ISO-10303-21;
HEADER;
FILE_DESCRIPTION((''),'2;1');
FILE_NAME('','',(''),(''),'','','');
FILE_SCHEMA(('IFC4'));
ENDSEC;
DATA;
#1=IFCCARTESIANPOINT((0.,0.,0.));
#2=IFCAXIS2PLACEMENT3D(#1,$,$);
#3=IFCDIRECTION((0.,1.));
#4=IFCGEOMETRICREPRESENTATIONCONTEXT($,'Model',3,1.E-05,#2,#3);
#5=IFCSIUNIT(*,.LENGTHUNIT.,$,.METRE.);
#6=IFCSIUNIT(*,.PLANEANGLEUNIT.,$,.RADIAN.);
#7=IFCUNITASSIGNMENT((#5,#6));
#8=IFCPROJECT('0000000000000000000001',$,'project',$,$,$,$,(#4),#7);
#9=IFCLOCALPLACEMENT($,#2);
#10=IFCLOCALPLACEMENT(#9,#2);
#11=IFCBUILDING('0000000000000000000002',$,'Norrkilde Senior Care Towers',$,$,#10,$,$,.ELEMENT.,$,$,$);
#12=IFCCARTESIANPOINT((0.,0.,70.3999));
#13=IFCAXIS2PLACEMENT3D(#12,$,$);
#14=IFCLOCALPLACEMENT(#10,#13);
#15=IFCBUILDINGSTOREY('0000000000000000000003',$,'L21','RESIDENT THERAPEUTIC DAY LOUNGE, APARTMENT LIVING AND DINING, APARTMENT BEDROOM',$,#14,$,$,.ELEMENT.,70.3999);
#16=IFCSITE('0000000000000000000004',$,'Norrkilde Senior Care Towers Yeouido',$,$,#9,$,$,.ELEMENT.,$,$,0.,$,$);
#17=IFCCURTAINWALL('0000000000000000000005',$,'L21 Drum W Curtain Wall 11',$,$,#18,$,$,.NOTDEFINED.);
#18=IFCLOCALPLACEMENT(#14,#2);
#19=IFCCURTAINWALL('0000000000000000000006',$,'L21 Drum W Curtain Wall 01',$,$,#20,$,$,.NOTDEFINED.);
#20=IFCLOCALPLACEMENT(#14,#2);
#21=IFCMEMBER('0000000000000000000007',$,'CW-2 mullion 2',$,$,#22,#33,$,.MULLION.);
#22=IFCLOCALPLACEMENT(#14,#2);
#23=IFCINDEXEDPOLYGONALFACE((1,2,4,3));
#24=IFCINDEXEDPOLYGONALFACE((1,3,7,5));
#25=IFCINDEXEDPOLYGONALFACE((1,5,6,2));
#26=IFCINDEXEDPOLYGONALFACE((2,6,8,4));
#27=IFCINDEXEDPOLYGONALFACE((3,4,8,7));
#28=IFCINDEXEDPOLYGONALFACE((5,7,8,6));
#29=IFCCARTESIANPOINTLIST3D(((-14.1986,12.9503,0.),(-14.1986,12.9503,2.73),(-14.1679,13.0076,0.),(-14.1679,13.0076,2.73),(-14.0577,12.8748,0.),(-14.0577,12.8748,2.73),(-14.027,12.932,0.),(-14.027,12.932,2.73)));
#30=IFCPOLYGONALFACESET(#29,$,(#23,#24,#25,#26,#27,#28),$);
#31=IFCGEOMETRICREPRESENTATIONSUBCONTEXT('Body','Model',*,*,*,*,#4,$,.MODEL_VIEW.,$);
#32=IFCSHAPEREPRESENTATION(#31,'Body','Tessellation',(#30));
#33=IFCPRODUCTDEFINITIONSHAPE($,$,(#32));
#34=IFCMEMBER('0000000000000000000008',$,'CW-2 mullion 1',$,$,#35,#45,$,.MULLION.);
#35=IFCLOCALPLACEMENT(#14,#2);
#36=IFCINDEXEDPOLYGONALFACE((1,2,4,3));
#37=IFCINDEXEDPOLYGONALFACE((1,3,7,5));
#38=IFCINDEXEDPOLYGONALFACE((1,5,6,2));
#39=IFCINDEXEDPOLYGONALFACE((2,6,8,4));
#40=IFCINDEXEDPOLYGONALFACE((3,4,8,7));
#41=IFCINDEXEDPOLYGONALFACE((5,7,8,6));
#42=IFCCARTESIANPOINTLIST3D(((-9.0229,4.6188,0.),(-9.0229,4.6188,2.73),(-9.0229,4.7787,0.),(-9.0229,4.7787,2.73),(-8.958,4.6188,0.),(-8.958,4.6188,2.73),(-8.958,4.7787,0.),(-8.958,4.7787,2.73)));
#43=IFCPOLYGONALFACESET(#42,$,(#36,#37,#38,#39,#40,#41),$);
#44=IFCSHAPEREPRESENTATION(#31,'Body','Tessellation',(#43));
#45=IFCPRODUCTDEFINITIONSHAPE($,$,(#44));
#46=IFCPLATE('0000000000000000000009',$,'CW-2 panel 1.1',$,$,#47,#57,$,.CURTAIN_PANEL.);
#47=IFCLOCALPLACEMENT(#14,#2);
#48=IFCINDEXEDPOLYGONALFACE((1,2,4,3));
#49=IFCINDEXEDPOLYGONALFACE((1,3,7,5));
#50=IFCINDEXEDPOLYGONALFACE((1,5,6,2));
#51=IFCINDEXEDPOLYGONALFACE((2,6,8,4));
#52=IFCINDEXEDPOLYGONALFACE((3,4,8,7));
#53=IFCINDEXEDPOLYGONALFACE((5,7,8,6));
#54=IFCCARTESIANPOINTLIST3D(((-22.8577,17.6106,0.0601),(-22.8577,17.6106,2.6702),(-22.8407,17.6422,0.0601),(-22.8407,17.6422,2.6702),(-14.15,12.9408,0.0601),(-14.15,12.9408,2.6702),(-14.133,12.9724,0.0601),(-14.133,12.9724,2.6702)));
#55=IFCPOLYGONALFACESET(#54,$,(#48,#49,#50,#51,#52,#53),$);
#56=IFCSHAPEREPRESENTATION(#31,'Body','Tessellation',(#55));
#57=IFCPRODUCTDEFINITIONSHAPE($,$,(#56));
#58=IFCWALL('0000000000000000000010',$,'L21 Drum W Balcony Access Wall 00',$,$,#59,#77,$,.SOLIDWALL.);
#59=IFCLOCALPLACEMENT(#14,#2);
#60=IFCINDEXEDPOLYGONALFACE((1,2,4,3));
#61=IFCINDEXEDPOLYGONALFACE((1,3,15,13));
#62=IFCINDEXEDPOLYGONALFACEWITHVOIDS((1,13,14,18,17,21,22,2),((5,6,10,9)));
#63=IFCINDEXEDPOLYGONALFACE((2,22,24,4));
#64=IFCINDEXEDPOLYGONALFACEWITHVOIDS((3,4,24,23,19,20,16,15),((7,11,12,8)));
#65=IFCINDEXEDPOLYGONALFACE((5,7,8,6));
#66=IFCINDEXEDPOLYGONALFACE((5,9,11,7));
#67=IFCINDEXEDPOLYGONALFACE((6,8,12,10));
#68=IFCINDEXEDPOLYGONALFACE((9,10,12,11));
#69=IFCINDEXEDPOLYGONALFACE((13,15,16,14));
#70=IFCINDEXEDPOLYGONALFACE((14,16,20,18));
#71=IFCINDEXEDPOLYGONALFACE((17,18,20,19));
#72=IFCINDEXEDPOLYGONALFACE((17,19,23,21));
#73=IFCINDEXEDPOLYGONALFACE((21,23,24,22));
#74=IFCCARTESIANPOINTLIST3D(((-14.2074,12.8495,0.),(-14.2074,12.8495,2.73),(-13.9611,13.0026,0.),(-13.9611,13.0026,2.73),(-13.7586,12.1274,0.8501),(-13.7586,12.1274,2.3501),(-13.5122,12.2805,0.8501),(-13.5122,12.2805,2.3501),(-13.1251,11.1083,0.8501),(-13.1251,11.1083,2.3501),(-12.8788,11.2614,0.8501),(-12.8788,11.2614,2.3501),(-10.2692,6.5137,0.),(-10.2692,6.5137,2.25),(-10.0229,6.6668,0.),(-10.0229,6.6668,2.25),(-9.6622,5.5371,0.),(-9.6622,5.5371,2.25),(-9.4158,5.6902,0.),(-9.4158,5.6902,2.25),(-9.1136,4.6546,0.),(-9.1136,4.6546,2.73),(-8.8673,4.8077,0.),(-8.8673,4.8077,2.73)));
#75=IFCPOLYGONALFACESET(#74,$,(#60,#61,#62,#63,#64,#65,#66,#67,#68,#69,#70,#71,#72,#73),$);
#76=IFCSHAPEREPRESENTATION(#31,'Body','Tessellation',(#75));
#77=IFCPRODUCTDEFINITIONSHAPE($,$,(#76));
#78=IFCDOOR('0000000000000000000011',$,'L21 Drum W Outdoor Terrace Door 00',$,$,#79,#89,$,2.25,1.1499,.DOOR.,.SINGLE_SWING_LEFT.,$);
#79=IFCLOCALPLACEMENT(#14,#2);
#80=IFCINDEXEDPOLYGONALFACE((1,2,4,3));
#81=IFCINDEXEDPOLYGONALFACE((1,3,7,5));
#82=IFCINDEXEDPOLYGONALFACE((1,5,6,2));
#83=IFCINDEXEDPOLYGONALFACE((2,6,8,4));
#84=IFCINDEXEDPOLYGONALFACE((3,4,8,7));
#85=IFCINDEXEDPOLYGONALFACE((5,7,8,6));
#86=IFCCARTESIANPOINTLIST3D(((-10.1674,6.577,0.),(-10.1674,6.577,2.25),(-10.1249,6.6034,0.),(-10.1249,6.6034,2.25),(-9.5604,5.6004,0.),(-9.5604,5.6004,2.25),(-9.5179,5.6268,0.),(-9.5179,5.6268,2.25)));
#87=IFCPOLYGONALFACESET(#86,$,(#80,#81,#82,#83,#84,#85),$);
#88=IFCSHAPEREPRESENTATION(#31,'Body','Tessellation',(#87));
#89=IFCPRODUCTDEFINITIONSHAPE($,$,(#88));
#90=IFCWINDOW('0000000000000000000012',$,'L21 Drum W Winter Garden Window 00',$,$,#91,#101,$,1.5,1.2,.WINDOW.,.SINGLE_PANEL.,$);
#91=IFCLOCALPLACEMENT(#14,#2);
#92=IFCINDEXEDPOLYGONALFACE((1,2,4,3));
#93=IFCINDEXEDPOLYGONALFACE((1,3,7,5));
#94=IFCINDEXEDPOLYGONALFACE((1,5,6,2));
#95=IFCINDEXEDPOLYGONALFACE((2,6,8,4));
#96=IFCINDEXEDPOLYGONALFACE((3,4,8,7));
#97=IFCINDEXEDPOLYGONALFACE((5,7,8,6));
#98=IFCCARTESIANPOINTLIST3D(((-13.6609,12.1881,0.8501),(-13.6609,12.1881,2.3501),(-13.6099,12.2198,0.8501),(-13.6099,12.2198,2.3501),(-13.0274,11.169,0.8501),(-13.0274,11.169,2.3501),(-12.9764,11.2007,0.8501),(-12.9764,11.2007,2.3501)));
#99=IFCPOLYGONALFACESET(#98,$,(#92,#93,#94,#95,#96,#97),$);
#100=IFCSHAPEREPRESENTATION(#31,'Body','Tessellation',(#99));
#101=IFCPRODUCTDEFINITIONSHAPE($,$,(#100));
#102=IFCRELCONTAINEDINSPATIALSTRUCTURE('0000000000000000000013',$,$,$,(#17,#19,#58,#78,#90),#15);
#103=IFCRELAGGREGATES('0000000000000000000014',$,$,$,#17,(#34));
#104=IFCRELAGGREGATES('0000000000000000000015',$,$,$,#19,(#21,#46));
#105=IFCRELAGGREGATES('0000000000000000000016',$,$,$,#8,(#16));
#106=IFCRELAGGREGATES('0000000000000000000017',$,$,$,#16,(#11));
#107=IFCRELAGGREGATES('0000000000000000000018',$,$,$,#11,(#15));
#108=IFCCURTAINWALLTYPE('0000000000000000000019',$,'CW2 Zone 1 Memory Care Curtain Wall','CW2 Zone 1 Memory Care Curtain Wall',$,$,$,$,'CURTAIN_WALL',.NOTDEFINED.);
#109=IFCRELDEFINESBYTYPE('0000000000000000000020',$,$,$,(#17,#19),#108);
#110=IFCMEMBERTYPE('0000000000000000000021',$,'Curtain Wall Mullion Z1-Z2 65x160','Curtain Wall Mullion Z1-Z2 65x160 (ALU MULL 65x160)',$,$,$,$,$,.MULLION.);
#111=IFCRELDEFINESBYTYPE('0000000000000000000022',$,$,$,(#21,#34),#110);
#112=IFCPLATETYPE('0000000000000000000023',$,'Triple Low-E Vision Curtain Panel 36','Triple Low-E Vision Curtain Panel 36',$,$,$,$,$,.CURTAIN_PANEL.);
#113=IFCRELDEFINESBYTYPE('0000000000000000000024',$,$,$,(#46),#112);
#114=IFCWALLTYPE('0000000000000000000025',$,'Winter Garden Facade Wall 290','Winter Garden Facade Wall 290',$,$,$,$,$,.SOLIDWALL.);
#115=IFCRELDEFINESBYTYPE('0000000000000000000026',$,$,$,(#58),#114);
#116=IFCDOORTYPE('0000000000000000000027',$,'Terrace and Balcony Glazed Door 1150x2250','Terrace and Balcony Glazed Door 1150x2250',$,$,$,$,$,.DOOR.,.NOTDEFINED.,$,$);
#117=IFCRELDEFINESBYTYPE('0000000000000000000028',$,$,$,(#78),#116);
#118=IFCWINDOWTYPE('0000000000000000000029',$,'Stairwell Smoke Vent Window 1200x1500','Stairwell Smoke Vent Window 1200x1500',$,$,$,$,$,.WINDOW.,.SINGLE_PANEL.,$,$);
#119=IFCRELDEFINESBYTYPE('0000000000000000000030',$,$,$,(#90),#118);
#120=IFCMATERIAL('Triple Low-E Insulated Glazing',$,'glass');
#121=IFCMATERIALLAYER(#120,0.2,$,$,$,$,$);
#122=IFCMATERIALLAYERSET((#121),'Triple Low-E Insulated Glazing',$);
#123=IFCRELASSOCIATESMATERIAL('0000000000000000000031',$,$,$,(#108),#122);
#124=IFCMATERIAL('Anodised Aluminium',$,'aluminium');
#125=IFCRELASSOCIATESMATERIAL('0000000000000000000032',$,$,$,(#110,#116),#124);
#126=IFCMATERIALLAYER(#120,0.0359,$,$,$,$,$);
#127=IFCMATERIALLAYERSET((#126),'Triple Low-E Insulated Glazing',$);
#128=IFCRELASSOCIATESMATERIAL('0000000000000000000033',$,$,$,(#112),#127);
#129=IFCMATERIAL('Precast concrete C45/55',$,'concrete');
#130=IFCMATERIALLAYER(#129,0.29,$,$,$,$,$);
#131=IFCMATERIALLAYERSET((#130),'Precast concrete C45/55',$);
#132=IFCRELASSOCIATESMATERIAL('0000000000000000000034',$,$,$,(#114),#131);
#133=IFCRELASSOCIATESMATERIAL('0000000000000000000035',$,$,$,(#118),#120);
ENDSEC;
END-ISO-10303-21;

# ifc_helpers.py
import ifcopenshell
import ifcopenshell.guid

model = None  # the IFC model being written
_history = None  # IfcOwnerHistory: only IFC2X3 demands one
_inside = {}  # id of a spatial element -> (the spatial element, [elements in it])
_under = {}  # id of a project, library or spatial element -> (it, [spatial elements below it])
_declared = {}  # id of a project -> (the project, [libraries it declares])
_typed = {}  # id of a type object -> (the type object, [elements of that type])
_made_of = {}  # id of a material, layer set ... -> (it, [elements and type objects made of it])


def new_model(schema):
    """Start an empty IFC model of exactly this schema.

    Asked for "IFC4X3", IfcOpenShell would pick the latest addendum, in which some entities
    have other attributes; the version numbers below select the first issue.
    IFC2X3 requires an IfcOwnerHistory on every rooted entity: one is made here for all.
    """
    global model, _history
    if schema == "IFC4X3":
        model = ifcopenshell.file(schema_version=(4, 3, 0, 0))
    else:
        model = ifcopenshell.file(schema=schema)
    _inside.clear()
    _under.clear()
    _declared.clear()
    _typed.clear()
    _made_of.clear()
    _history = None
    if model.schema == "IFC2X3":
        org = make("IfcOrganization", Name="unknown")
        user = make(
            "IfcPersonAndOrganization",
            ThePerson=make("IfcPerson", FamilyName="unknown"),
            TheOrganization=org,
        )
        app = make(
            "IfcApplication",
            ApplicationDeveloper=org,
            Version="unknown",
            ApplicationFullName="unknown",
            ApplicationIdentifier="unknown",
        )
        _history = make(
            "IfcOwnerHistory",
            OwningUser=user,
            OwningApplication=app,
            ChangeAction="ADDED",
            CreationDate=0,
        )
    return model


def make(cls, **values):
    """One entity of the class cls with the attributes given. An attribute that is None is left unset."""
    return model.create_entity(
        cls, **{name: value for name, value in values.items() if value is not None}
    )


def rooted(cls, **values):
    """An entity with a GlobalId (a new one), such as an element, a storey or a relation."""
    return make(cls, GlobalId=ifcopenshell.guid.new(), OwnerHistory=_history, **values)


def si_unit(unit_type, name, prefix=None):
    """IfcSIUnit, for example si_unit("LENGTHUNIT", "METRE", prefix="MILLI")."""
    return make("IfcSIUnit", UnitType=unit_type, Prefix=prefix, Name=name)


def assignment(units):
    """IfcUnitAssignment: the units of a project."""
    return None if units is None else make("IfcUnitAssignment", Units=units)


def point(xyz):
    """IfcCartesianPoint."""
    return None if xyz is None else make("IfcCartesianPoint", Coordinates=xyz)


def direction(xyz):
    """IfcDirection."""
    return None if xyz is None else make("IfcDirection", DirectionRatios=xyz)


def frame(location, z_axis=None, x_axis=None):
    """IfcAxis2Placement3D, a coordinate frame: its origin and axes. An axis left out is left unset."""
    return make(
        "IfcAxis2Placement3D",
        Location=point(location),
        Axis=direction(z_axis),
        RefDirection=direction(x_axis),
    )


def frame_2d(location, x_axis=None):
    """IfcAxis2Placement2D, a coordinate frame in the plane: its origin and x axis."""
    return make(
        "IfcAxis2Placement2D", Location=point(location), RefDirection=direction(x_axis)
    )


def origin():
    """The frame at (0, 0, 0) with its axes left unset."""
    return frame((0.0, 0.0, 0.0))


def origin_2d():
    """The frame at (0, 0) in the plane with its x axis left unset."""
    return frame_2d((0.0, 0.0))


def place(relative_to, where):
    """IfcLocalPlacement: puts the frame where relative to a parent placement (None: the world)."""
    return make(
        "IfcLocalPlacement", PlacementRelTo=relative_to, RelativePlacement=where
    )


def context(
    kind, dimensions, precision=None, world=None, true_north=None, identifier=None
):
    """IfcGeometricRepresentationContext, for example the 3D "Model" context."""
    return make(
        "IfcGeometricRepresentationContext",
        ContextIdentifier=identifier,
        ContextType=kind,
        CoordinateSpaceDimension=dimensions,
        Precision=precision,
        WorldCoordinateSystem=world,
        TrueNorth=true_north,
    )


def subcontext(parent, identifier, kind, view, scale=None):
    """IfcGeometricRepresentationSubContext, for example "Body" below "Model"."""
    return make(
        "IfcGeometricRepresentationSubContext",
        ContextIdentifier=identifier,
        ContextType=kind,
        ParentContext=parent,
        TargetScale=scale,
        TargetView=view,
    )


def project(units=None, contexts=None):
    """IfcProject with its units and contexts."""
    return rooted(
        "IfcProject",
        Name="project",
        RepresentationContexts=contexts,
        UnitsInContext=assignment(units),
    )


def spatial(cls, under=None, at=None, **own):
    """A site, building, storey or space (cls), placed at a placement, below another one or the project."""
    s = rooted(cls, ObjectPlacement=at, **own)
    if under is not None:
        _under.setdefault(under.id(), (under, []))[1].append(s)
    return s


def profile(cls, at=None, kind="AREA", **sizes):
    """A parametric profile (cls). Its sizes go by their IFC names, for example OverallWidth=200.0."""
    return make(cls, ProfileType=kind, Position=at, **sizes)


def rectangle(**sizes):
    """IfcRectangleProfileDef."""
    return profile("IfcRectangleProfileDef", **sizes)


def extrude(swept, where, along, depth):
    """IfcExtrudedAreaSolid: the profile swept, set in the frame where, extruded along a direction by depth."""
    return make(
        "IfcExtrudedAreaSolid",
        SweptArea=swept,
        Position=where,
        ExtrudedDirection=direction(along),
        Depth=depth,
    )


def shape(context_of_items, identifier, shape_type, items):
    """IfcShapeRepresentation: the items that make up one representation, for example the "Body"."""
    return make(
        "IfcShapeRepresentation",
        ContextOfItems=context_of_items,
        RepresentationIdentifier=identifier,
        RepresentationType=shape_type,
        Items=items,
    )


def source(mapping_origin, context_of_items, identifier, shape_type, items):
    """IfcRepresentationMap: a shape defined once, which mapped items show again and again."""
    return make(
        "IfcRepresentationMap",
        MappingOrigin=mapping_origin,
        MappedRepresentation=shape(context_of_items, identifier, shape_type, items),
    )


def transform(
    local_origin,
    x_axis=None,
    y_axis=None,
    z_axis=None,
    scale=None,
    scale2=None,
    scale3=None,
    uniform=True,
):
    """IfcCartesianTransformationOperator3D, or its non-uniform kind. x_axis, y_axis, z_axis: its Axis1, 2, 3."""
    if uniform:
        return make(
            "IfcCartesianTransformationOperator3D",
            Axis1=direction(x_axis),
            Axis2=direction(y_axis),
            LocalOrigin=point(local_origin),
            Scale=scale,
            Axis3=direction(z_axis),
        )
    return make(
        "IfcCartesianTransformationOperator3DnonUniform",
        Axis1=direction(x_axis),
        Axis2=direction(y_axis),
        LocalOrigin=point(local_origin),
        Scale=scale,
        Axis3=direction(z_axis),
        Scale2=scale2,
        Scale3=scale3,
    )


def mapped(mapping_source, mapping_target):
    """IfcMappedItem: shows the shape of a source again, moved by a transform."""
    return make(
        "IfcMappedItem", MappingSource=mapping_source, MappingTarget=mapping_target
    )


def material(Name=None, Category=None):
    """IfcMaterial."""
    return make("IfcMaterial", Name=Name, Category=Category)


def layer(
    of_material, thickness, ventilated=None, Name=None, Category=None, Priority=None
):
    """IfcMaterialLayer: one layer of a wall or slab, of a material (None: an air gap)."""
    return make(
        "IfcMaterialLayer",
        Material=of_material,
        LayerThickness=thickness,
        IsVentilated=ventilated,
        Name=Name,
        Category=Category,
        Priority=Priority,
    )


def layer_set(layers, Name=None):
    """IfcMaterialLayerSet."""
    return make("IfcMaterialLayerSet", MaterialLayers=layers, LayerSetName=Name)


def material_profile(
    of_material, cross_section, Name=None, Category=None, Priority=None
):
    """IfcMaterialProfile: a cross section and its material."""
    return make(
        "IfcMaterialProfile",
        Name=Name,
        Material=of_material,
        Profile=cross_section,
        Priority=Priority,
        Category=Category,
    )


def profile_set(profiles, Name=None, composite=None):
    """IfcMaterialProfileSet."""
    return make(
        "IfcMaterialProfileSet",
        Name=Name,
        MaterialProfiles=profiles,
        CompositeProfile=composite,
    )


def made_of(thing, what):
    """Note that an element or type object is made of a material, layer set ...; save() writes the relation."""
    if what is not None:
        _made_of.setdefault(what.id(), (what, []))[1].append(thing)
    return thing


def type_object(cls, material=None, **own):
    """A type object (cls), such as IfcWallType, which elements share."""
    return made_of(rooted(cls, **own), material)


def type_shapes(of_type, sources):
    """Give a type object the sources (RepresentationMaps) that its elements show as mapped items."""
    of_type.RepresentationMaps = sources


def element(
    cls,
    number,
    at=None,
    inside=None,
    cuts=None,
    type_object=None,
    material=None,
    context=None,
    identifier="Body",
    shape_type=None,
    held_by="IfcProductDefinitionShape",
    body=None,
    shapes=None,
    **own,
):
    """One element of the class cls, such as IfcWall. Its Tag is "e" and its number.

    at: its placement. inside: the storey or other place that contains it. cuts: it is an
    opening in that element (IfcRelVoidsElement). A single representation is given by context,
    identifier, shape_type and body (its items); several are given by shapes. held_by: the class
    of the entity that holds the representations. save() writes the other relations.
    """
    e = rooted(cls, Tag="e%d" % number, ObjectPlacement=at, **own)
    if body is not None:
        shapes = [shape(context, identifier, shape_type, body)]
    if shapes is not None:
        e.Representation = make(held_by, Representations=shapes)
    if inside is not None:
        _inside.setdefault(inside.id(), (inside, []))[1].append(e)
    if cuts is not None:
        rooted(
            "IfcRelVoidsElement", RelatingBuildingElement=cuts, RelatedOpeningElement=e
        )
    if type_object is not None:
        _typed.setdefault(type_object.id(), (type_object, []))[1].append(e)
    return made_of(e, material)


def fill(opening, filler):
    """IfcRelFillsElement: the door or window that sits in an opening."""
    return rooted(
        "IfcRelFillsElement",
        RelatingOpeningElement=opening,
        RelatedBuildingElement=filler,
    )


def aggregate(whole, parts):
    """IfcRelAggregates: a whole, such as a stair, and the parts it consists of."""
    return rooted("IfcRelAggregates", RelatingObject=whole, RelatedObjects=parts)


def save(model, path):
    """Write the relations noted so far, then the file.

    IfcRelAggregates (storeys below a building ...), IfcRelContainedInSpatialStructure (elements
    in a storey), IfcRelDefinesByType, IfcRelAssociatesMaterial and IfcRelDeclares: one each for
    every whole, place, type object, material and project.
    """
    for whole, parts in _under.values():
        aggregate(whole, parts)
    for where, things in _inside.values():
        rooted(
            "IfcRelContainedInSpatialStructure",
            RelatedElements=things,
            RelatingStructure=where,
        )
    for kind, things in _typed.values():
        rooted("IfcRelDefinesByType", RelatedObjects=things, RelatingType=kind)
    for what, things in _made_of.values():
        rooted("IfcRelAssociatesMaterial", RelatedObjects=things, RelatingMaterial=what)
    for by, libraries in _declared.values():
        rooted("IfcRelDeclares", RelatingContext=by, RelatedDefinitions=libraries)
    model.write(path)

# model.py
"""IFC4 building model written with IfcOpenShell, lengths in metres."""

from ifc_helpers import new_model, si_unit, direction, frame, frame_2d, origin, origin_2d, place, context, subcontext, project, spatial, rectangle, extrude, source, transform, mapped, material, layer, layer_set, material_profile, profile_set, type_object, type_shapes, element, fill, aggregate, save


model = new_model("IFC4")

# Units and contexts
model_context = context("Model", 3, precision=1e-05, world=origin(), true_north=direction((0.0, 1.0)))
body_context = subcontext(model_context, "Body", "Model", "MODEL_VIEW")
ifc_project = project(units=[si_unit("LENGTHUNIT", "METRE"), si_unit("PLANEANGLEUNIT", "RADIAN")], contexts=[model_context])

# Site, building, storey
site_placement = place(None, origin())
site = spatial("IfcSite", under=ifc_project, at=site_placement, Name="Norrkilde Senior Care Towers Yeouido", CompositionType="ELEMENT", RefElevation=0.0)
building_placement = place(site_placement, origin())
building = spatial("IfcBuilding", under=site, at=building_placement, Name="Norrkilde Senior Care Towers", CompositionType="ELEMENT")
storey_placement = place(building_placement, frame((0.0, 0.0, 70.3999)))
storey = spatial("IfcBuildingStorey", under=building, at=storey_placement, Name="L21", Description="RESIDENT THERAPEUTIC DAY LOUNGE, APARTMENT LIVING AND DINING, APARTMENT BEDROOM", CompositionType="ELEMENT", Elevation=70.3999)

# Curtain wall
ifc_material_1 = material(Name="Triple Low-E Insulated Glazing", Category="glass")
ifc_layer_1 = layer(ifc_material_1, 0.2)
ifc_layer_set_1 = layer_set([ifc_layer_1], Name="Triple Low-E Insulated Glazing")
curtain_wall_type = type_object("IfcCurtainWallType", Name="CW2 Zone 1 Memory Care Curtain Wall", Description="CW2 Zone 1 Memory Care Curtain Wall", ElementType="CURTAIN_WALL", PredefinedType="NOTDEFINED", material=ifc_layer_set_1)
curtain_wall_1_placement = place(storey_placement, origin())
curtain_wall_1 = element("IfcCurtainWall", 1, at=curtain_wall_1_placement, inside=storey, type_object=curtain_wall_type, Name="L21 Drum W Curtain Wall 11", PredefinedType="NOTDEFINED")
ifc_material_2 = material(Name="Anodised Aluminium", Category="aluminium")

# Curtain wall, member
curtain_wall_2_placement = place(storey_placement, origin())
curtain_wall_2 = element("IfcCurtainWall", 2, at=curtain_wall_2_placement, inside=storey, type_object=curtain_wall_type, Name="L21 Drum W Curtain Wall 01", PredefinedType="NOTDEFINED")
ifc_material_profile_1 = material_profile(ifc_material_2, rectangle(XDim=0.0649, YDim=0.1599, at=origin_2d()), Name="ALU MULL 65x160")
ifc_profile_set_1 = profile_set([ifc_material_profile_1], Name="Anodised Aluminium")
member_type_1 = type_object("IfcMemberType", Name="Curtain Wall Mullion Z1-Z2 65x160", Description="Curtain Wall Mullion Z1-Z2 65x160 (ALU MULL 65x160)", PredefinedType="MULLION", material=ifc_profile_set_1)
shared_shape_1 = source(origin(), body_context, "Body", "SweptSolid", [
    extrude(rectangle(XDim=0.0649, YDim=0.1599, at=origin_2d()), origin(), (0.0, 0.0, 1.0), 2.73),
])
type_shapes(member_type_1, [shared_shape_1])
member_1_placement = place(storey_placement, frame((-14.1128, 12.9412, 0.0), z_axis=(0.0, 0.0, 1.0), x_axis=(0.472608, 0.881273, 0.0)))
member_1 = element("IfcMember", 3, at=member_1_placement, type_object=member_type_1, Name="CW-2 mullion 2", PredefinedType="MULLION", context=body_context, shape_type="MappedRepresentation", body=[
    mapped(shared_shape_1, transform((0.0, 0.0, 0.0), x_axis=(1.0, 0.0, 0.0), y_axis=(0.0, 1.0, 0.0), z_axis=(0.0, 0.0, 1.0), scale=1.0)),
])

# Member
member_2_placement = place(storey_placement, frame((-8.9905, 4.6987, 0.0), z_axis=(0.0, 0.0, 1.0), x_axis=(1.0, 0.0, 0.0)))
member_2 = element("IfcMember", 4, at=member_2_placement, type_object=member_type_1, Name="CW-2 mullion 1", PredefinedType="MULLION", context=body_context, shape_type="MappedRepresentation", body=[
    mapped(shared_shape_1, transform((0.0, 0.0, 0.0), x_axis=(1.0, 0.0, 0.0), y_axis=(0.0, 1.0, 0.0), z_axis=(0.0, 0.0, 1.0), scale=1.0)),
])
aggregate(curtain_wall_1, [member_2])

# Plate
ifc_layer_2 = layer(ifc_material_1, 0.0359)
ifc_layer_set_2 = layer_set([ifc_layer_2], Name="Triple Low-E Insulated Glazing")
plate_type = type_object("IfcPlateType", Name="Triple Low-E Vision Curtain Panel 36", Description="Triple Low-E Vision Curtain Panel 36", PredefinedType="CURTAIN_PANEL", material=ifc_layer_set_2)
shared_shape_2 = source(origin(), body_context, "Body", "SweptSolid", [
    extrude(rectangle(XDim=9.8809, YDim=0.0359, at=origin_2d()), origin(), (0.0, 0.0, 1.0), 2.6101),
])
type_shapes(plate_type, [shared_shape_2])
plate_placement = place(storey_placement, frame((-18.4954, 15.2915, 0.0601), z_axis=(0.0, 0.0, 1.0), x_axis=(0.881273, -0.472608, 0.0)))
plate = element("IfcPlate", 5, at=plate_placement, type_object=plate_type, Name="CW-2 panel 1.1", PredefinedType="CURTAIN_PANEL", context=body_context, shape_type="MappedRepresentation", body=[
    mapped(shared_shape_2, transform((0.0, 0.0, 0.0), x_axis=(1.0, 0.0, 0.0), y_axis=(0.0, 1.0, 0.0), z_axis=(0.0, 0.0, 1.0), scale=1.0)),
])
aggregate(curtain_wall_2, [member_1, plate])

# Wall, openings, door, window
ifc_material_3 = material(Name="Precast concrete C45/55", Category="concrete")
ifc_layer_3 = layer(ifc_material_3, 0.29)
ifc_layer_set_3 = layer_set([ifc_layer_3], Name="Precast concrete C45/55")
wall_type_1 = type_object("IfcWallType", Name="Winter Garden Facade Wall 290", Description="Winter Garden Facade Wall 290", PredefinedType="SOLIDWALL", material=ifc_layer_set_3)
shared_shape_3 = source(origin(), body_context, "Body", "SweptSolid", [
    extrude(rectangle(XDim=9.6489, YDim=0.29, at=frame_2d((4.8245, 0.0))), origin(), (0.0, 0.0, 1.0), 2.73),
])
type_shapes(wall_type_1, [shared_shape_3])
wall_1_placement = place(storey_placement, frame((-14.0842, 12.926, 0.0), z_axis=(0.0, 0.0, 1.0), x_axis=(0.527909, -0.849301, 0.0)))
wall_1 = element("IfcWall", 6, at=wall_1_placement, inside=storey, type_object=wall_type_1, Name="L21 Drum W Balcony Access Wall 00", PredefinedType="SOLIDWALL", context=body_context, shape_type="MappedRepresentation", body=[
    mapped(shared_shape_3, transform((0.0, 0.0, 0.0), x_axis=(1.0, 0.0, 0.0), y_axis=(0.0, 1.0, 0.0), z_axis=(0.0, 0.0, 1.0), scale=1.0)),
])
opening_1_placement = place(wall_1_placement, frame((7.46, 0.0, 0.0)))
opening_1 = element("IfcOpeningElement", 7, at=opening_1_placement, cuts=wall_1, PredefinedType="OPENING", context=body_context, shape_type="SweptSolid", body=[
    extrude(rectangle(XDim=1.1499, YDim=2.25, at=frame_2d((0.575, 1.125))), frame((0.0, 0.155, 0.0), z_axis=(0.0, -1.0, 0.0), x_axis=(1.0, 0.0, 0.0)), (0.0, 0.0, 1.0), 0.3101),
])
opening_2_placement = place(wall_1_placement, frame((0.8501, 0.0, 0.8501)))
opening_2 = element("IfcOpeningElement", 8, at=opening_2_placement, cuts=wall_1, PredefinedType="OPENING", context=body_context, shape_type="SweptSolid", body=[
    extrude(rectangle(XDim=1.2, YDim=1.5, at=frame_2d((0.6001, 0.75))), frame((0.0, 0.155, 0.0), z_axis=(0.0, -1.0, 0.0), x_axis=(1.0, 0.0, 0.0)), (0.0, 0.0, 1.0), 0.3101),
])
door_type_1 = type_object("IfcDoorType", Name="Terrace and Balcony Glazed Door 1150x2250", Description="Terrace and Balcony Glazed Door 1150x2250", OperationType="NOTDEFINED", PredefinedType="DOOR", material=ifc_material_2)
shared_shape_4 = source(origin(), body_context, "Body", "SweptSolid", [
    extrude(rectangle(XDim=1.1499, YDim=2.25, at=frame_2d((0.575, 1.125))), frame((0.0, 0.0249, 0.0), z_axis=(0.0, -1.0, 0.0), x_axis=(1.0, 0.0, 0.0)), (0.0, 0.0, 1.0), 0.05),
])
type_shapes(door_type_1, [shared_shape_4])
door_1_placement = place(opening_1_placement, origin())
door_1 = element("IfcDoor", 9, at=door_1_placement, inside=storey, type_object=door_type_1, Name="L21 Drum W Outdoor Terrace Door 00", OperationType="SINGLE_SWING_LEFT", OverallHeight=2.25, OverallWidth=1.1499, PredefinedType="DOOR", context=body_context, shape_type="MappedRepresentation", body=[
    mapped(shared_shape_4, transform((0.0, 0.0, 0.0), x_axis=(1.0, 0.0, 0.0), y_axis=(0.0, 1.0, 0.0), z_axis=(0.0, 0.0, 1.0), scale=1.0)),
])
fill(opening_1, door_1)
window_type = type_object("IfcWindowType", Name="Stairwell Smoke Vent Window 1200x1500", Description="Stairwell Smoke Vent Window 1200x1500", PartitioningType="SINGLE_PANEL", PredefinedType="WINDOW", material=ifc_material_1)
shared_shape_5 = source(origin(), body_context, "Body", "SweptSolid", [
    extrude(rectangle(XDim=1.2, YDim=1.5, at=frame_2d((0.6001, 0.75))), frame((0.0, 0.03, 0.0), z_axis=(0.0, -1.0, 0.0), x_axis=(1.0, 0.0, 0.0)), (0.0, 0.0, 1.0), 0.0601),
])
type_shapes(window_type, [shared_shape_5])
window_placement = place(opening_2_placement, origin())
window = element("IfcWindow", 10, at=window_placement, inside=storey, type_object=window_type, Name="L21 Drum W Winter Garden Window 00", OverallHeight=1.5, OverallWidth=1.2, PartitioningType="SINGLE_PANEL", PredefinedType="WINDOW", context=body_context, shape_type="MappedRepresentation", body=[
    mapped(shared_shape_5, transform((0.0, 0.0, 0.0), x_axis=(1.0, 0.0, 0.0), y_axis=(0.0, 1.0, 0.0), z_axis=(0.0, 0.0, 1.0), scale=1.0)),
])
fill(opening_2, window)

save(model, "model.ifc")
